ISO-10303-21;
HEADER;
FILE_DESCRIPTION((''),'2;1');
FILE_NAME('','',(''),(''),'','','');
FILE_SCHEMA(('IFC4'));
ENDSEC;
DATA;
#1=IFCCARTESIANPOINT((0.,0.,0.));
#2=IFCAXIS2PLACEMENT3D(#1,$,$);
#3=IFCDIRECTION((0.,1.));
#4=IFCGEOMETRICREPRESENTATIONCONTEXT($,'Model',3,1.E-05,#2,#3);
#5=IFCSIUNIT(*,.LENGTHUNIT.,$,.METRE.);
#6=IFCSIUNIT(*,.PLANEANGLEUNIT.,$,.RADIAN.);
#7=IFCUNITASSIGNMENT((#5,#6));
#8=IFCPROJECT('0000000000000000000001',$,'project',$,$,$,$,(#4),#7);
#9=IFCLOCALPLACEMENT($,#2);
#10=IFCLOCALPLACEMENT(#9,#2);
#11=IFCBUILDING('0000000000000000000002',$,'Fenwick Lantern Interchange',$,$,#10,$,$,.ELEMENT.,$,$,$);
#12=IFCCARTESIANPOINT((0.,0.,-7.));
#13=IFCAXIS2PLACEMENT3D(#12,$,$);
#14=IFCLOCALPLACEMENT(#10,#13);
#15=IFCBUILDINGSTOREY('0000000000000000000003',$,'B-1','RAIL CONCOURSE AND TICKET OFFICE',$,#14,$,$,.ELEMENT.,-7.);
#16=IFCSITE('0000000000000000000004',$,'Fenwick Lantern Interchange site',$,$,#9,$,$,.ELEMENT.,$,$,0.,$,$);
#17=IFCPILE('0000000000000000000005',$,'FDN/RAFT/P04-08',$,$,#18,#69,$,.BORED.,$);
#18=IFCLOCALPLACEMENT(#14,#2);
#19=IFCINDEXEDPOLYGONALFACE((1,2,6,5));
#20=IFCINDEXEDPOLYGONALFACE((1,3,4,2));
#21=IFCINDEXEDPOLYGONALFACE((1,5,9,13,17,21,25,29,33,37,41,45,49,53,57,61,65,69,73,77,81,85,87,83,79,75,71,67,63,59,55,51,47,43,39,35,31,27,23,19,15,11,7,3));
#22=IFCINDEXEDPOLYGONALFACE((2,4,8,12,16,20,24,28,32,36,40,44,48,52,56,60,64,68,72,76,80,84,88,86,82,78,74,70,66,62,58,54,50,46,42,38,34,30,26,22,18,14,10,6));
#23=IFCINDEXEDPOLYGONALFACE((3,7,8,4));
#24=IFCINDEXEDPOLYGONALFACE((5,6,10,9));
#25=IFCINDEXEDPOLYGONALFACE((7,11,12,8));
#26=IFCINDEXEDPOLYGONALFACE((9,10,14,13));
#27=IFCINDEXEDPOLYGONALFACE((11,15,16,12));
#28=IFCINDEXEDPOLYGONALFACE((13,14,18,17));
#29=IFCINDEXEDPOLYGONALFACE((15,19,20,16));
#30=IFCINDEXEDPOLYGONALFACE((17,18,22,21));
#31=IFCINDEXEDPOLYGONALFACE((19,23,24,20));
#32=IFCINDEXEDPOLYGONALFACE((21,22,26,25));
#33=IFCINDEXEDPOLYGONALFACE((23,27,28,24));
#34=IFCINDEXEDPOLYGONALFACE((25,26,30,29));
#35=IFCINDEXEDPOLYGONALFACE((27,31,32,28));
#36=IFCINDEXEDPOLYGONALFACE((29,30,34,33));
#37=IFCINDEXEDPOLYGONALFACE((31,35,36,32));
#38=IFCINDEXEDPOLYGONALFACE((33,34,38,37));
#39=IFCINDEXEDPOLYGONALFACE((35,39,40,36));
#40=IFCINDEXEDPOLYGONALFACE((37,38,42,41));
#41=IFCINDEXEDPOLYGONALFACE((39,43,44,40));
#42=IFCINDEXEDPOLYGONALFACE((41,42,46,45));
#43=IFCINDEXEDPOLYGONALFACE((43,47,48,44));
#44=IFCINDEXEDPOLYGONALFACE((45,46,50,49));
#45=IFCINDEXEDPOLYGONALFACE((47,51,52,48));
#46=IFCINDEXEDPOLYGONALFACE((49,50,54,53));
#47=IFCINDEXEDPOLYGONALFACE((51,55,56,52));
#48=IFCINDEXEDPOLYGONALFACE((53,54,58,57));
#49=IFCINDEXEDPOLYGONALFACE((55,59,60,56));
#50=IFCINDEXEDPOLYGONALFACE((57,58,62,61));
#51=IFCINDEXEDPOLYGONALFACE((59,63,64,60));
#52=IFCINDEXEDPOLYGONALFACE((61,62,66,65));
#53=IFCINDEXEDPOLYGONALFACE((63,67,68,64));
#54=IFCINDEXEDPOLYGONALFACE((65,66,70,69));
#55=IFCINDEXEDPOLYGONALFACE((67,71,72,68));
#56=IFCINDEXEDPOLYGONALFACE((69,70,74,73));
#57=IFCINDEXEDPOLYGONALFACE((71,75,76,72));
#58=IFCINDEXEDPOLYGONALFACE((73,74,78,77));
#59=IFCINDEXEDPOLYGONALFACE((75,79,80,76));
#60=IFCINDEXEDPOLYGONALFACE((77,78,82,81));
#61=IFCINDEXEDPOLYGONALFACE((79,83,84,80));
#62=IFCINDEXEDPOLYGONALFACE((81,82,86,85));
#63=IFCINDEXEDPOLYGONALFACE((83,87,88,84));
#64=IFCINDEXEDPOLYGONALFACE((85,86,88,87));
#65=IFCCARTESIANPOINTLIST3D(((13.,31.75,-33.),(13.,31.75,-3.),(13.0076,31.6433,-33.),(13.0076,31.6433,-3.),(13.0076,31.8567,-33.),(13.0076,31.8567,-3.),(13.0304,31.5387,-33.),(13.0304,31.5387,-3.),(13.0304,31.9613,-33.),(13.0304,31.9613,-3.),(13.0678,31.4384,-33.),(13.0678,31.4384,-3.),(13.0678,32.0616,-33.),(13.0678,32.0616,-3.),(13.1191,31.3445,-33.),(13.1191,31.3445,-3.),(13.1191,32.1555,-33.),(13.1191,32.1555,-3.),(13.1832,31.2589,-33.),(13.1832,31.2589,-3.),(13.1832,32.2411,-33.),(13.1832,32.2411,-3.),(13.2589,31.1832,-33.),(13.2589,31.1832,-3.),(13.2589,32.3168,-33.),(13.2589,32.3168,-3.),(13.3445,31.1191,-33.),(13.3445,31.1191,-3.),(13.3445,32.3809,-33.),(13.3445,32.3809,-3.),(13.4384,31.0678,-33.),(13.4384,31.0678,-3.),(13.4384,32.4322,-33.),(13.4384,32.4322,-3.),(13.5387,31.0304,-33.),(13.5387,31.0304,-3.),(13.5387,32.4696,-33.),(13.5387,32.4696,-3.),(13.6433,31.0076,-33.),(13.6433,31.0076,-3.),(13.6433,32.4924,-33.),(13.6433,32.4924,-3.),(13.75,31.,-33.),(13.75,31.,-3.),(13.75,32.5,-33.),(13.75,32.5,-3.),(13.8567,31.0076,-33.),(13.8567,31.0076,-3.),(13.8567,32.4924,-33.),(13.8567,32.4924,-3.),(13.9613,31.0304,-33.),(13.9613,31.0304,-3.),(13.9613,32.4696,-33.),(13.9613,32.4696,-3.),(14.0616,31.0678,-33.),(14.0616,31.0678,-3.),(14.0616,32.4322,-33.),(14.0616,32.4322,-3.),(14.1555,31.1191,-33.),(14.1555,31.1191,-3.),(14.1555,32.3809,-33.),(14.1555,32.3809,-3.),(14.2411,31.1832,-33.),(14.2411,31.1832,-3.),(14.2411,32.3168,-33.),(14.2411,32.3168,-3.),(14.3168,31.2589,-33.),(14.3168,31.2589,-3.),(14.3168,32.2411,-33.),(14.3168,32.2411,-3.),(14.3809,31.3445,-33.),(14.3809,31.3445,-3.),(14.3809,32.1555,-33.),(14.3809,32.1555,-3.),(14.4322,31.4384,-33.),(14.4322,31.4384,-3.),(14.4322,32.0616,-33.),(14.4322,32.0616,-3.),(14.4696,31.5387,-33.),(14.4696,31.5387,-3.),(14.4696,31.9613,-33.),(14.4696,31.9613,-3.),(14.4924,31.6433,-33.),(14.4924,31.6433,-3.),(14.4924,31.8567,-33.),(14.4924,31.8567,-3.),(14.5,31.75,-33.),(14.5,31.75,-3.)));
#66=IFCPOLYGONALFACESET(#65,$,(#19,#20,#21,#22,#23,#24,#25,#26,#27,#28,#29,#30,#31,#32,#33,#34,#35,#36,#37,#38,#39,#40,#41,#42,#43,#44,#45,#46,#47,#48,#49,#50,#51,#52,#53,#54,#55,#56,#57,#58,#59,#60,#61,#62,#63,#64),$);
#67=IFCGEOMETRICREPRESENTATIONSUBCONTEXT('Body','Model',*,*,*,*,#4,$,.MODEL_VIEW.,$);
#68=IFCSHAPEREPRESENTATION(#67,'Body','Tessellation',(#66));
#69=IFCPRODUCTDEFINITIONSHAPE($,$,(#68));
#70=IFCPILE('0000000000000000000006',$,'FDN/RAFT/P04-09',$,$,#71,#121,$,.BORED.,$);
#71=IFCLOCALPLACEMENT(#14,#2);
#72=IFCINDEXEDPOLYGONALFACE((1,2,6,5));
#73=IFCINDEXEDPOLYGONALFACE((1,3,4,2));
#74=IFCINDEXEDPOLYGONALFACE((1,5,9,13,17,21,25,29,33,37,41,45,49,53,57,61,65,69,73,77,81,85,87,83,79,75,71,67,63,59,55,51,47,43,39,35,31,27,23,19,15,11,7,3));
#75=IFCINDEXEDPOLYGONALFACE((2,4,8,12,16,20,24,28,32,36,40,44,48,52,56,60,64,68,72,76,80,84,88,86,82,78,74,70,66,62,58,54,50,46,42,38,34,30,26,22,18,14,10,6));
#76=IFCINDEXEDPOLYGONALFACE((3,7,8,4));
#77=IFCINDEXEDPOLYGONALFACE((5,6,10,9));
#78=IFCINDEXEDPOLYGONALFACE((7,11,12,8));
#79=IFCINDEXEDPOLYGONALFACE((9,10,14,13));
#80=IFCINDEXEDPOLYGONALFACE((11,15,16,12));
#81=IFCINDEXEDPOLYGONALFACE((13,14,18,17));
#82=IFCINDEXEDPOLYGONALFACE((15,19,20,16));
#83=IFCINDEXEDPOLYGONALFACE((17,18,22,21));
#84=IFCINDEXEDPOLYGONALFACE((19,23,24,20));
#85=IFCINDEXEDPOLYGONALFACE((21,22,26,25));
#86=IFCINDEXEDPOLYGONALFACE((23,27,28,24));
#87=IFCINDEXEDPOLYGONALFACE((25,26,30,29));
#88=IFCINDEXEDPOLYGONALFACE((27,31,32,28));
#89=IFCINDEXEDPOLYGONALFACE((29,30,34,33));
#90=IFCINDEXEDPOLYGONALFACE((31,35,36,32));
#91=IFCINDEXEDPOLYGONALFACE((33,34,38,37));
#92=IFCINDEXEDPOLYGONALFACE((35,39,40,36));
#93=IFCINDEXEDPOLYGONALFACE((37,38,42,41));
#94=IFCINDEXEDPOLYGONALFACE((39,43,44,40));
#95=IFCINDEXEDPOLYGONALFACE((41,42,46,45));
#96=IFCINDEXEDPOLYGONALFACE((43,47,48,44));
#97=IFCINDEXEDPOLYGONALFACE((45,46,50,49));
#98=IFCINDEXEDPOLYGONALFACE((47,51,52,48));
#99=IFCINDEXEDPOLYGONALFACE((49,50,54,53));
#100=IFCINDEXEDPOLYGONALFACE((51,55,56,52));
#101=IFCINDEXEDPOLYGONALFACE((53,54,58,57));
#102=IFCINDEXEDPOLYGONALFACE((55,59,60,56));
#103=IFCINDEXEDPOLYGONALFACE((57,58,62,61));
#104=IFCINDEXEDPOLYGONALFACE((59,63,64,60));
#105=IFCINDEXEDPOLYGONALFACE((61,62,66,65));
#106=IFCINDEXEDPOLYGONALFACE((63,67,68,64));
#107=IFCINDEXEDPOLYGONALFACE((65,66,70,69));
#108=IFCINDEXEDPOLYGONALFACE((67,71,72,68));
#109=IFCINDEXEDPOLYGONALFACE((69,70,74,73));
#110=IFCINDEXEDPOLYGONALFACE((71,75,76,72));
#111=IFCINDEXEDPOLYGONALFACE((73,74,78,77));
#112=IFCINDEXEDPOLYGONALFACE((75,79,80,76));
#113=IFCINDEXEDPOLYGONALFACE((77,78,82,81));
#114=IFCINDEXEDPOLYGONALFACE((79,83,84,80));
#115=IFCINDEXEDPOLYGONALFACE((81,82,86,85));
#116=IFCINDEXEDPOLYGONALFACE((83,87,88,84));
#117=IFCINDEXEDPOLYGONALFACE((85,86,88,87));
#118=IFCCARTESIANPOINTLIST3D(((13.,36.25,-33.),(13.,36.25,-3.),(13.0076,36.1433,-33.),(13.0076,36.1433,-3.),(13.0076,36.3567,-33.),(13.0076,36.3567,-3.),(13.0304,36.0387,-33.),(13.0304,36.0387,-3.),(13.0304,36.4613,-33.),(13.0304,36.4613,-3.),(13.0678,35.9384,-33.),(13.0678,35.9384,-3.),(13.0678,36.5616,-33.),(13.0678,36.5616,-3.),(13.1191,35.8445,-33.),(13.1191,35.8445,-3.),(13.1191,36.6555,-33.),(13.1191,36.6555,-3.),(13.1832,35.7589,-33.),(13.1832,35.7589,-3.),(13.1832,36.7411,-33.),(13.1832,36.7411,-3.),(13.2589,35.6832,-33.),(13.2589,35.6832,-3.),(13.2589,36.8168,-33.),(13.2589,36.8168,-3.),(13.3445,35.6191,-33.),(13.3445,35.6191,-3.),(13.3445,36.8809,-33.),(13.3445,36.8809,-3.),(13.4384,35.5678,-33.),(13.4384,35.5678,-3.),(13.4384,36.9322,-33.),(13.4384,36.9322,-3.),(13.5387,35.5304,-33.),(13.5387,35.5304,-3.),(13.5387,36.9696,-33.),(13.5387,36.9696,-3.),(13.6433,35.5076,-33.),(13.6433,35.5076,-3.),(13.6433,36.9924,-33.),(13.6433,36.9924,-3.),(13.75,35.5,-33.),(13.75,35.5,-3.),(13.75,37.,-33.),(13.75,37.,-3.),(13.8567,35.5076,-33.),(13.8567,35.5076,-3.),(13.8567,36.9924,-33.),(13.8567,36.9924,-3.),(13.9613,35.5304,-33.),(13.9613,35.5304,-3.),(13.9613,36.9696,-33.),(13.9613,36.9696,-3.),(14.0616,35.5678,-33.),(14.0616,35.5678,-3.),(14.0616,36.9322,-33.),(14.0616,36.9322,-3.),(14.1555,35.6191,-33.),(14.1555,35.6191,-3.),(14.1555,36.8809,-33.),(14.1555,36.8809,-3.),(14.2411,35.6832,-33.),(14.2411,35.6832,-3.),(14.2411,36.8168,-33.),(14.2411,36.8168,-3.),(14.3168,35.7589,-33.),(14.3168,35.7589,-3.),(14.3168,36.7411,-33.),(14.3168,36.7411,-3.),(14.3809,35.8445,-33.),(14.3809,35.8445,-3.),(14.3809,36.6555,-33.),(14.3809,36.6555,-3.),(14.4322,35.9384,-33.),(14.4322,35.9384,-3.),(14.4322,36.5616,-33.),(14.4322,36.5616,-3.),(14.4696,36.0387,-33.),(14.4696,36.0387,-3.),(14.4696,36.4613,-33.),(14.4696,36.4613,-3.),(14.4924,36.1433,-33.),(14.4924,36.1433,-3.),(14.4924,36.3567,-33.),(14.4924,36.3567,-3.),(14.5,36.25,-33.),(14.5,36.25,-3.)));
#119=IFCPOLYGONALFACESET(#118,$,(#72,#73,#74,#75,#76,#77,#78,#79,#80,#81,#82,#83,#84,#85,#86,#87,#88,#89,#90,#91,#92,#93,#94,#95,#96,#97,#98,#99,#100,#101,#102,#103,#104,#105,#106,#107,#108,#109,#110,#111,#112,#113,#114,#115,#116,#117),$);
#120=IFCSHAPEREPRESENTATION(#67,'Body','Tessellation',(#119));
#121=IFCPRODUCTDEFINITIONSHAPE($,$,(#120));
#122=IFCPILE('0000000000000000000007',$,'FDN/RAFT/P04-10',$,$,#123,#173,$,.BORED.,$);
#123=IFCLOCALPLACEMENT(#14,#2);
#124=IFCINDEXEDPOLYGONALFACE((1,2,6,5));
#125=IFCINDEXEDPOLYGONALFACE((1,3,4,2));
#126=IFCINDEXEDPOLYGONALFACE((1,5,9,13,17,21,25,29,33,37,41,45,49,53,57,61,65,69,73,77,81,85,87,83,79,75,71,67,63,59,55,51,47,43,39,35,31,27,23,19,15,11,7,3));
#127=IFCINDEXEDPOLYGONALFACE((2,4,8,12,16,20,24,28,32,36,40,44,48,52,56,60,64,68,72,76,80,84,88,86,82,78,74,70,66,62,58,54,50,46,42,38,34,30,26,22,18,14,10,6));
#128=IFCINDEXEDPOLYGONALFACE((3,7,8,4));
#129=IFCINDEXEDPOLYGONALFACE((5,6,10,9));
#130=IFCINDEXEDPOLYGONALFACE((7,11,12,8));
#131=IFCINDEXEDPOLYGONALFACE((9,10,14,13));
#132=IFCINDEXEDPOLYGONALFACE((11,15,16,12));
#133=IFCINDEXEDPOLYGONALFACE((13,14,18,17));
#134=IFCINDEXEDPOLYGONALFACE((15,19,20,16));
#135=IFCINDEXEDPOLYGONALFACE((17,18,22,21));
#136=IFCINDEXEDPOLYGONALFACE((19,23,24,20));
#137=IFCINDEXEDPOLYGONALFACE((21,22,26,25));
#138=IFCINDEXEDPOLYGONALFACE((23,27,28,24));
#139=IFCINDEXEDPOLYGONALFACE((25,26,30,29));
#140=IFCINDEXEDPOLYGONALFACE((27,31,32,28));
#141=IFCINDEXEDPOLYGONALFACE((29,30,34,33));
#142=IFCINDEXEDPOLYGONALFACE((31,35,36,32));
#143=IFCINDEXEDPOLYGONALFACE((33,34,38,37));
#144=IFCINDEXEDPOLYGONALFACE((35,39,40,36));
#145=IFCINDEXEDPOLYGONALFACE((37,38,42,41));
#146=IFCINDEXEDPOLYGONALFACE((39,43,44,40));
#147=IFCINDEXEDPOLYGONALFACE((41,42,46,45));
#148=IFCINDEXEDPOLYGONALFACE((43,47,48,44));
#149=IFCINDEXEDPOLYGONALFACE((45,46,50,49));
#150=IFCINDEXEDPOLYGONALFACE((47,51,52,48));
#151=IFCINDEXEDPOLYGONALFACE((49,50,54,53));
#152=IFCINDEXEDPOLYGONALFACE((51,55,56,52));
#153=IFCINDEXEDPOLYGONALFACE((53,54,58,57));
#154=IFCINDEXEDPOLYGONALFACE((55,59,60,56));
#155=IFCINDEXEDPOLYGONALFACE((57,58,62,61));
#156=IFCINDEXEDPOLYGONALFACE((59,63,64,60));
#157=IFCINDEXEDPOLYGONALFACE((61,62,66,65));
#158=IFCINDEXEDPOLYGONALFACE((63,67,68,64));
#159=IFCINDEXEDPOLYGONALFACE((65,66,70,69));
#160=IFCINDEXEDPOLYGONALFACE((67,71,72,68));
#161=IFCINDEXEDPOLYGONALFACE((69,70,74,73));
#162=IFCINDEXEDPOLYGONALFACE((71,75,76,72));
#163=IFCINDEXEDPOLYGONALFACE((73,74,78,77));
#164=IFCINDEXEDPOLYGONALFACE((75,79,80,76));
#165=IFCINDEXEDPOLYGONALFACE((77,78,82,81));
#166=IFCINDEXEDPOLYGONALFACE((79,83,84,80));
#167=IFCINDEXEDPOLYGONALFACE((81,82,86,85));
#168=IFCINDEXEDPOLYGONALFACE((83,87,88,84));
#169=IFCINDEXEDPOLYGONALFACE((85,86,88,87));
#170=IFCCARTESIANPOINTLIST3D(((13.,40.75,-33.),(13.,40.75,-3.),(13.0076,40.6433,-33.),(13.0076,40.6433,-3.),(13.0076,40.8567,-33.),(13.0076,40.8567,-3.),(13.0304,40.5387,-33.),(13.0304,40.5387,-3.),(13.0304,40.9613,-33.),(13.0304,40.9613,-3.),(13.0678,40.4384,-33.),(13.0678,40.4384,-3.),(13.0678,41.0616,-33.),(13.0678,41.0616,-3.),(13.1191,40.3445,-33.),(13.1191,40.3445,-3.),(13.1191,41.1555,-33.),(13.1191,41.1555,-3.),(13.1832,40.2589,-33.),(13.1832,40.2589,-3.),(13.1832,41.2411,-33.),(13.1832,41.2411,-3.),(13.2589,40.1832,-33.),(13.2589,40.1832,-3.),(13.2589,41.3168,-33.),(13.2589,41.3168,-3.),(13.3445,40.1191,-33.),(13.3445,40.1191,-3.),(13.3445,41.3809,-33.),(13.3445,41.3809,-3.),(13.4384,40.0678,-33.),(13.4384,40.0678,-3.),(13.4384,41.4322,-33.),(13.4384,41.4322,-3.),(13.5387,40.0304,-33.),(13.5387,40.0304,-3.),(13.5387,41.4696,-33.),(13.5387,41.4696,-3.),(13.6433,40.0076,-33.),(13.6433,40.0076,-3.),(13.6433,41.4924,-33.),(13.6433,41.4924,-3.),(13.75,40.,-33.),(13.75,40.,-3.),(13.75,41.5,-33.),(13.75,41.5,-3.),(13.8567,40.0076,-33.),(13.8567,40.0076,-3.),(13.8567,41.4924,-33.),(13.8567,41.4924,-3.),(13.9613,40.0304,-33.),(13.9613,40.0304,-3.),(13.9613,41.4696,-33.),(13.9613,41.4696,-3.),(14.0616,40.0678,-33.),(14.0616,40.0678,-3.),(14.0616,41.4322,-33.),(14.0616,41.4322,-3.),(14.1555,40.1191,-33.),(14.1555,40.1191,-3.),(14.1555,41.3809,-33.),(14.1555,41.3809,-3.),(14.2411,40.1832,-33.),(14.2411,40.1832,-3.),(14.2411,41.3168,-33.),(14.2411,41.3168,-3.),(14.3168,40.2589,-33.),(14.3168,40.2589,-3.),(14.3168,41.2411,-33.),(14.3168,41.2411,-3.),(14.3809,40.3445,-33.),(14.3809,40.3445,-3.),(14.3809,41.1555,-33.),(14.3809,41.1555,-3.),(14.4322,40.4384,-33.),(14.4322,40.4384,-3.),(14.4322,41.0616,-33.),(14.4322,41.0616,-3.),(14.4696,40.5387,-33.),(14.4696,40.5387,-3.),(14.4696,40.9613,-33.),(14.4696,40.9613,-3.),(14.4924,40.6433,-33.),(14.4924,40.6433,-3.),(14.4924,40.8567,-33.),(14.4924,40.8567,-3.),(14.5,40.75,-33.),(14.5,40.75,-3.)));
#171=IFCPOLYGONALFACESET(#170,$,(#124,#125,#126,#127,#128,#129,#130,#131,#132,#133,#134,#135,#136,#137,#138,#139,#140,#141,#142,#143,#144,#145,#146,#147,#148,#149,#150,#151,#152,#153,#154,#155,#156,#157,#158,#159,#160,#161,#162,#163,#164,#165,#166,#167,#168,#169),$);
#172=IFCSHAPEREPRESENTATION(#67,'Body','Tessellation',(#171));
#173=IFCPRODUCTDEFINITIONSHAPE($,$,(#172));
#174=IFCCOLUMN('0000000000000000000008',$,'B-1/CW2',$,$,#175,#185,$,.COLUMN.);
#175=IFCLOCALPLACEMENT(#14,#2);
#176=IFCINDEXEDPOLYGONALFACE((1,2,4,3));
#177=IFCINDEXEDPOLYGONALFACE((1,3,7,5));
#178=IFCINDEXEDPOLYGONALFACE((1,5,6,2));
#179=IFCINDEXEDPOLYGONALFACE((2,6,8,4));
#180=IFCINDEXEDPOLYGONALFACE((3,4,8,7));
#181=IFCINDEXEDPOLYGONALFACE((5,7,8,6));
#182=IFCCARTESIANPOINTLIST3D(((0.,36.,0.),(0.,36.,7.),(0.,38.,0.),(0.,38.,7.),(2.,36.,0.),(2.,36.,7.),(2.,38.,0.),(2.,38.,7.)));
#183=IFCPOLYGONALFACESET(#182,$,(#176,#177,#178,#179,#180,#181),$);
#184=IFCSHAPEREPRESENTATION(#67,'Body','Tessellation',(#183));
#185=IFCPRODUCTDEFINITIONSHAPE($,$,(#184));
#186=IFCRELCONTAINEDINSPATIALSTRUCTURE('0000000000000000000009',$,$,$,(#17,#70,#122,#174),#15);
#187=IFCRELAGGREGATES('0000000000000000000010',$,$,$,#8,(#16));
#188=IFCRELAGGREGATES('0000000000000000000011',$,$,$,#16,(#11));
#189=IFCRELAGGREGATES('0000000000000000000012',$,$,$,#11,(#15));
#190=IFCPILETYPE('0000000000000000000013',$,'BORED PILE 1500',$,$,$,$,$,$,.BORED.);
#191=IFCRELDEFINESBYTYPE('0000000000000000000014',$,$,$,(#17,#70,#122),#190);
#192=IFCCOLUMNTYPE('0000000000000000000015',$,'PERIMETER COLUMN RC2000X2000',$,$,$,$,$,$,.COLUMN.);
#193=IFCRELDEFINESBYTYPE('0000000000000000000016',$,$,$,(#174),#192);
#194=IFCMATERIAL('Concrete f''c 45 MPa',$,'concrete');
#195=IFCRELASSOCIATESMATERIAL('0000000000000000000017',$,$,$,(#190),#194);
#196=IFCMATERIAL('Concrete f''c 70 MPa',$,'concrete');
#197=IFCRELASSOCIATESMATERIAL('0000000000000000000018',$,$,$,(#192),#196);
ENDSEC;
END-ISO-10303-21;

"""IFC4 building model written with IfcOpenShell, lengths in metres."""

from ifc_helpers import new_model, si_unit, direction, frame, origin, origin_2d, place, context, subcontext, project, spatial, rectangle, circle, extrude, material, material_profile, profile_set, type_object, element, save


model = new_model("IFC4")

# Units and contexts
model_context = context("Model", 3, precision=1e-05, world=origin(), true_north=direction((0.0, 1.0)))
body_context = subcontext(model_context, "Body", "Model", "MODEL_VIEW")
ifc_project = project(units=[si_unit("LENGTHUNIT", "METRE"), si_unit("PLANEANGLEUNIT", "RADIAN")], contexts=[model_context])

# Site, building, storey
site_placement = place(None, origin())
site = spatial("IfcSite", under=ifc_project, at=site_placement, Name="Fenwick Lantern Interchange site", CompositionType="ELEMENT", RefElevation=0.0)
building_placement = place(site_placement, origin())
building = spatial("IfcBuilding", under=site, at=building_placement, Name="Fenwick Lantern Interchange", CompositionType="ELEMENT")
storey_placement = place(building_placement, frame((0.0, 0.0, -7.0)))
storey = spatial("IfcBuildingStorey", under=building, at=storey_placement, Name="B-1", Description="RAIL CONCOURSE AND TICKET OFFICE", CompositionType="ELEMENT", Elevation=-7.0)

# Piles
ifc_material_1 = material(Name="Concrete f'c 45 MPa", Category="concrete")
pile_type = type_object("IfcPileType", Name="BORED PILE 1500", PredefinedType="BORED", material=ifc_material_1)
for number, where, z_axis, x_axis, name in (
    (1, (13.75, 31.75, -3.0), (0.0, 0.0, -1.0), (1.0, 0.0, 0.0), "FDN/RAFT/P04-08"),
    (2, (13.75, 36.25, -3.0), (0.0, 0.0, -1.0), (1.0, 0.0, 0.0), "FDN/RAFT/P04-09"),
    (3, (13.75, 40.75, -3.0), (0.0, 0.0, -1.0), (1.0, 0.0, 0.0), "FDN/RAFT/P04-10"),
):
    element("IfcPile", number, at=place(storey_placement, frame(where, z_axis=z_axis, x_axis=x_axis)), inside=storey, type_object=pile_type, Name=name, PredefinedType="BORED", context=body_context, shape_type="SweptSolid", body=[
        extrude(circle(Radius=0.75, at=origin_2d()), origin(), (0.0, 0.0, 1.0), 30.0),
    ])

# Column
ifc_material_2 = material(Name="Concrete f'c 70 MPa", Category="concrete")
ifc_material_profile = material_profile(ifc_material_2, rectangle(XDim=2.0, YDim=2.0, at=origin_2d()), Name="RC2000X2000")
ifc_profile_set = profile_set([ifc_material_profile], Name="Concrete f'c 70 MPa")
column_type = type_object("IfcColumnType", Name="PERIMETER COLUMN RC2000X2000", PredefinedType="COLUMN", material=ifc_profile_set)
column_placement = place(storey_placement, frame((1.0, 37.0, 0.0), z_axis=(0.0, 0.0, 1.0), x_axis=(1.0, 0.0, 0.0)))
element("IfcColumn", 4, at=column_placement, inside=storey, type_object=column_type, Name="B-1/CW2", PredefinedType="COLUMN", context=body_context, shape_type="SweptSolid", body=[
    extrude(rectangle(XDim=2.0, YDim=2.0, at=origin_2d()), origin(), (0.0, 0.0, 1.0), 7.0),
])

save(model, "model.ifc")
